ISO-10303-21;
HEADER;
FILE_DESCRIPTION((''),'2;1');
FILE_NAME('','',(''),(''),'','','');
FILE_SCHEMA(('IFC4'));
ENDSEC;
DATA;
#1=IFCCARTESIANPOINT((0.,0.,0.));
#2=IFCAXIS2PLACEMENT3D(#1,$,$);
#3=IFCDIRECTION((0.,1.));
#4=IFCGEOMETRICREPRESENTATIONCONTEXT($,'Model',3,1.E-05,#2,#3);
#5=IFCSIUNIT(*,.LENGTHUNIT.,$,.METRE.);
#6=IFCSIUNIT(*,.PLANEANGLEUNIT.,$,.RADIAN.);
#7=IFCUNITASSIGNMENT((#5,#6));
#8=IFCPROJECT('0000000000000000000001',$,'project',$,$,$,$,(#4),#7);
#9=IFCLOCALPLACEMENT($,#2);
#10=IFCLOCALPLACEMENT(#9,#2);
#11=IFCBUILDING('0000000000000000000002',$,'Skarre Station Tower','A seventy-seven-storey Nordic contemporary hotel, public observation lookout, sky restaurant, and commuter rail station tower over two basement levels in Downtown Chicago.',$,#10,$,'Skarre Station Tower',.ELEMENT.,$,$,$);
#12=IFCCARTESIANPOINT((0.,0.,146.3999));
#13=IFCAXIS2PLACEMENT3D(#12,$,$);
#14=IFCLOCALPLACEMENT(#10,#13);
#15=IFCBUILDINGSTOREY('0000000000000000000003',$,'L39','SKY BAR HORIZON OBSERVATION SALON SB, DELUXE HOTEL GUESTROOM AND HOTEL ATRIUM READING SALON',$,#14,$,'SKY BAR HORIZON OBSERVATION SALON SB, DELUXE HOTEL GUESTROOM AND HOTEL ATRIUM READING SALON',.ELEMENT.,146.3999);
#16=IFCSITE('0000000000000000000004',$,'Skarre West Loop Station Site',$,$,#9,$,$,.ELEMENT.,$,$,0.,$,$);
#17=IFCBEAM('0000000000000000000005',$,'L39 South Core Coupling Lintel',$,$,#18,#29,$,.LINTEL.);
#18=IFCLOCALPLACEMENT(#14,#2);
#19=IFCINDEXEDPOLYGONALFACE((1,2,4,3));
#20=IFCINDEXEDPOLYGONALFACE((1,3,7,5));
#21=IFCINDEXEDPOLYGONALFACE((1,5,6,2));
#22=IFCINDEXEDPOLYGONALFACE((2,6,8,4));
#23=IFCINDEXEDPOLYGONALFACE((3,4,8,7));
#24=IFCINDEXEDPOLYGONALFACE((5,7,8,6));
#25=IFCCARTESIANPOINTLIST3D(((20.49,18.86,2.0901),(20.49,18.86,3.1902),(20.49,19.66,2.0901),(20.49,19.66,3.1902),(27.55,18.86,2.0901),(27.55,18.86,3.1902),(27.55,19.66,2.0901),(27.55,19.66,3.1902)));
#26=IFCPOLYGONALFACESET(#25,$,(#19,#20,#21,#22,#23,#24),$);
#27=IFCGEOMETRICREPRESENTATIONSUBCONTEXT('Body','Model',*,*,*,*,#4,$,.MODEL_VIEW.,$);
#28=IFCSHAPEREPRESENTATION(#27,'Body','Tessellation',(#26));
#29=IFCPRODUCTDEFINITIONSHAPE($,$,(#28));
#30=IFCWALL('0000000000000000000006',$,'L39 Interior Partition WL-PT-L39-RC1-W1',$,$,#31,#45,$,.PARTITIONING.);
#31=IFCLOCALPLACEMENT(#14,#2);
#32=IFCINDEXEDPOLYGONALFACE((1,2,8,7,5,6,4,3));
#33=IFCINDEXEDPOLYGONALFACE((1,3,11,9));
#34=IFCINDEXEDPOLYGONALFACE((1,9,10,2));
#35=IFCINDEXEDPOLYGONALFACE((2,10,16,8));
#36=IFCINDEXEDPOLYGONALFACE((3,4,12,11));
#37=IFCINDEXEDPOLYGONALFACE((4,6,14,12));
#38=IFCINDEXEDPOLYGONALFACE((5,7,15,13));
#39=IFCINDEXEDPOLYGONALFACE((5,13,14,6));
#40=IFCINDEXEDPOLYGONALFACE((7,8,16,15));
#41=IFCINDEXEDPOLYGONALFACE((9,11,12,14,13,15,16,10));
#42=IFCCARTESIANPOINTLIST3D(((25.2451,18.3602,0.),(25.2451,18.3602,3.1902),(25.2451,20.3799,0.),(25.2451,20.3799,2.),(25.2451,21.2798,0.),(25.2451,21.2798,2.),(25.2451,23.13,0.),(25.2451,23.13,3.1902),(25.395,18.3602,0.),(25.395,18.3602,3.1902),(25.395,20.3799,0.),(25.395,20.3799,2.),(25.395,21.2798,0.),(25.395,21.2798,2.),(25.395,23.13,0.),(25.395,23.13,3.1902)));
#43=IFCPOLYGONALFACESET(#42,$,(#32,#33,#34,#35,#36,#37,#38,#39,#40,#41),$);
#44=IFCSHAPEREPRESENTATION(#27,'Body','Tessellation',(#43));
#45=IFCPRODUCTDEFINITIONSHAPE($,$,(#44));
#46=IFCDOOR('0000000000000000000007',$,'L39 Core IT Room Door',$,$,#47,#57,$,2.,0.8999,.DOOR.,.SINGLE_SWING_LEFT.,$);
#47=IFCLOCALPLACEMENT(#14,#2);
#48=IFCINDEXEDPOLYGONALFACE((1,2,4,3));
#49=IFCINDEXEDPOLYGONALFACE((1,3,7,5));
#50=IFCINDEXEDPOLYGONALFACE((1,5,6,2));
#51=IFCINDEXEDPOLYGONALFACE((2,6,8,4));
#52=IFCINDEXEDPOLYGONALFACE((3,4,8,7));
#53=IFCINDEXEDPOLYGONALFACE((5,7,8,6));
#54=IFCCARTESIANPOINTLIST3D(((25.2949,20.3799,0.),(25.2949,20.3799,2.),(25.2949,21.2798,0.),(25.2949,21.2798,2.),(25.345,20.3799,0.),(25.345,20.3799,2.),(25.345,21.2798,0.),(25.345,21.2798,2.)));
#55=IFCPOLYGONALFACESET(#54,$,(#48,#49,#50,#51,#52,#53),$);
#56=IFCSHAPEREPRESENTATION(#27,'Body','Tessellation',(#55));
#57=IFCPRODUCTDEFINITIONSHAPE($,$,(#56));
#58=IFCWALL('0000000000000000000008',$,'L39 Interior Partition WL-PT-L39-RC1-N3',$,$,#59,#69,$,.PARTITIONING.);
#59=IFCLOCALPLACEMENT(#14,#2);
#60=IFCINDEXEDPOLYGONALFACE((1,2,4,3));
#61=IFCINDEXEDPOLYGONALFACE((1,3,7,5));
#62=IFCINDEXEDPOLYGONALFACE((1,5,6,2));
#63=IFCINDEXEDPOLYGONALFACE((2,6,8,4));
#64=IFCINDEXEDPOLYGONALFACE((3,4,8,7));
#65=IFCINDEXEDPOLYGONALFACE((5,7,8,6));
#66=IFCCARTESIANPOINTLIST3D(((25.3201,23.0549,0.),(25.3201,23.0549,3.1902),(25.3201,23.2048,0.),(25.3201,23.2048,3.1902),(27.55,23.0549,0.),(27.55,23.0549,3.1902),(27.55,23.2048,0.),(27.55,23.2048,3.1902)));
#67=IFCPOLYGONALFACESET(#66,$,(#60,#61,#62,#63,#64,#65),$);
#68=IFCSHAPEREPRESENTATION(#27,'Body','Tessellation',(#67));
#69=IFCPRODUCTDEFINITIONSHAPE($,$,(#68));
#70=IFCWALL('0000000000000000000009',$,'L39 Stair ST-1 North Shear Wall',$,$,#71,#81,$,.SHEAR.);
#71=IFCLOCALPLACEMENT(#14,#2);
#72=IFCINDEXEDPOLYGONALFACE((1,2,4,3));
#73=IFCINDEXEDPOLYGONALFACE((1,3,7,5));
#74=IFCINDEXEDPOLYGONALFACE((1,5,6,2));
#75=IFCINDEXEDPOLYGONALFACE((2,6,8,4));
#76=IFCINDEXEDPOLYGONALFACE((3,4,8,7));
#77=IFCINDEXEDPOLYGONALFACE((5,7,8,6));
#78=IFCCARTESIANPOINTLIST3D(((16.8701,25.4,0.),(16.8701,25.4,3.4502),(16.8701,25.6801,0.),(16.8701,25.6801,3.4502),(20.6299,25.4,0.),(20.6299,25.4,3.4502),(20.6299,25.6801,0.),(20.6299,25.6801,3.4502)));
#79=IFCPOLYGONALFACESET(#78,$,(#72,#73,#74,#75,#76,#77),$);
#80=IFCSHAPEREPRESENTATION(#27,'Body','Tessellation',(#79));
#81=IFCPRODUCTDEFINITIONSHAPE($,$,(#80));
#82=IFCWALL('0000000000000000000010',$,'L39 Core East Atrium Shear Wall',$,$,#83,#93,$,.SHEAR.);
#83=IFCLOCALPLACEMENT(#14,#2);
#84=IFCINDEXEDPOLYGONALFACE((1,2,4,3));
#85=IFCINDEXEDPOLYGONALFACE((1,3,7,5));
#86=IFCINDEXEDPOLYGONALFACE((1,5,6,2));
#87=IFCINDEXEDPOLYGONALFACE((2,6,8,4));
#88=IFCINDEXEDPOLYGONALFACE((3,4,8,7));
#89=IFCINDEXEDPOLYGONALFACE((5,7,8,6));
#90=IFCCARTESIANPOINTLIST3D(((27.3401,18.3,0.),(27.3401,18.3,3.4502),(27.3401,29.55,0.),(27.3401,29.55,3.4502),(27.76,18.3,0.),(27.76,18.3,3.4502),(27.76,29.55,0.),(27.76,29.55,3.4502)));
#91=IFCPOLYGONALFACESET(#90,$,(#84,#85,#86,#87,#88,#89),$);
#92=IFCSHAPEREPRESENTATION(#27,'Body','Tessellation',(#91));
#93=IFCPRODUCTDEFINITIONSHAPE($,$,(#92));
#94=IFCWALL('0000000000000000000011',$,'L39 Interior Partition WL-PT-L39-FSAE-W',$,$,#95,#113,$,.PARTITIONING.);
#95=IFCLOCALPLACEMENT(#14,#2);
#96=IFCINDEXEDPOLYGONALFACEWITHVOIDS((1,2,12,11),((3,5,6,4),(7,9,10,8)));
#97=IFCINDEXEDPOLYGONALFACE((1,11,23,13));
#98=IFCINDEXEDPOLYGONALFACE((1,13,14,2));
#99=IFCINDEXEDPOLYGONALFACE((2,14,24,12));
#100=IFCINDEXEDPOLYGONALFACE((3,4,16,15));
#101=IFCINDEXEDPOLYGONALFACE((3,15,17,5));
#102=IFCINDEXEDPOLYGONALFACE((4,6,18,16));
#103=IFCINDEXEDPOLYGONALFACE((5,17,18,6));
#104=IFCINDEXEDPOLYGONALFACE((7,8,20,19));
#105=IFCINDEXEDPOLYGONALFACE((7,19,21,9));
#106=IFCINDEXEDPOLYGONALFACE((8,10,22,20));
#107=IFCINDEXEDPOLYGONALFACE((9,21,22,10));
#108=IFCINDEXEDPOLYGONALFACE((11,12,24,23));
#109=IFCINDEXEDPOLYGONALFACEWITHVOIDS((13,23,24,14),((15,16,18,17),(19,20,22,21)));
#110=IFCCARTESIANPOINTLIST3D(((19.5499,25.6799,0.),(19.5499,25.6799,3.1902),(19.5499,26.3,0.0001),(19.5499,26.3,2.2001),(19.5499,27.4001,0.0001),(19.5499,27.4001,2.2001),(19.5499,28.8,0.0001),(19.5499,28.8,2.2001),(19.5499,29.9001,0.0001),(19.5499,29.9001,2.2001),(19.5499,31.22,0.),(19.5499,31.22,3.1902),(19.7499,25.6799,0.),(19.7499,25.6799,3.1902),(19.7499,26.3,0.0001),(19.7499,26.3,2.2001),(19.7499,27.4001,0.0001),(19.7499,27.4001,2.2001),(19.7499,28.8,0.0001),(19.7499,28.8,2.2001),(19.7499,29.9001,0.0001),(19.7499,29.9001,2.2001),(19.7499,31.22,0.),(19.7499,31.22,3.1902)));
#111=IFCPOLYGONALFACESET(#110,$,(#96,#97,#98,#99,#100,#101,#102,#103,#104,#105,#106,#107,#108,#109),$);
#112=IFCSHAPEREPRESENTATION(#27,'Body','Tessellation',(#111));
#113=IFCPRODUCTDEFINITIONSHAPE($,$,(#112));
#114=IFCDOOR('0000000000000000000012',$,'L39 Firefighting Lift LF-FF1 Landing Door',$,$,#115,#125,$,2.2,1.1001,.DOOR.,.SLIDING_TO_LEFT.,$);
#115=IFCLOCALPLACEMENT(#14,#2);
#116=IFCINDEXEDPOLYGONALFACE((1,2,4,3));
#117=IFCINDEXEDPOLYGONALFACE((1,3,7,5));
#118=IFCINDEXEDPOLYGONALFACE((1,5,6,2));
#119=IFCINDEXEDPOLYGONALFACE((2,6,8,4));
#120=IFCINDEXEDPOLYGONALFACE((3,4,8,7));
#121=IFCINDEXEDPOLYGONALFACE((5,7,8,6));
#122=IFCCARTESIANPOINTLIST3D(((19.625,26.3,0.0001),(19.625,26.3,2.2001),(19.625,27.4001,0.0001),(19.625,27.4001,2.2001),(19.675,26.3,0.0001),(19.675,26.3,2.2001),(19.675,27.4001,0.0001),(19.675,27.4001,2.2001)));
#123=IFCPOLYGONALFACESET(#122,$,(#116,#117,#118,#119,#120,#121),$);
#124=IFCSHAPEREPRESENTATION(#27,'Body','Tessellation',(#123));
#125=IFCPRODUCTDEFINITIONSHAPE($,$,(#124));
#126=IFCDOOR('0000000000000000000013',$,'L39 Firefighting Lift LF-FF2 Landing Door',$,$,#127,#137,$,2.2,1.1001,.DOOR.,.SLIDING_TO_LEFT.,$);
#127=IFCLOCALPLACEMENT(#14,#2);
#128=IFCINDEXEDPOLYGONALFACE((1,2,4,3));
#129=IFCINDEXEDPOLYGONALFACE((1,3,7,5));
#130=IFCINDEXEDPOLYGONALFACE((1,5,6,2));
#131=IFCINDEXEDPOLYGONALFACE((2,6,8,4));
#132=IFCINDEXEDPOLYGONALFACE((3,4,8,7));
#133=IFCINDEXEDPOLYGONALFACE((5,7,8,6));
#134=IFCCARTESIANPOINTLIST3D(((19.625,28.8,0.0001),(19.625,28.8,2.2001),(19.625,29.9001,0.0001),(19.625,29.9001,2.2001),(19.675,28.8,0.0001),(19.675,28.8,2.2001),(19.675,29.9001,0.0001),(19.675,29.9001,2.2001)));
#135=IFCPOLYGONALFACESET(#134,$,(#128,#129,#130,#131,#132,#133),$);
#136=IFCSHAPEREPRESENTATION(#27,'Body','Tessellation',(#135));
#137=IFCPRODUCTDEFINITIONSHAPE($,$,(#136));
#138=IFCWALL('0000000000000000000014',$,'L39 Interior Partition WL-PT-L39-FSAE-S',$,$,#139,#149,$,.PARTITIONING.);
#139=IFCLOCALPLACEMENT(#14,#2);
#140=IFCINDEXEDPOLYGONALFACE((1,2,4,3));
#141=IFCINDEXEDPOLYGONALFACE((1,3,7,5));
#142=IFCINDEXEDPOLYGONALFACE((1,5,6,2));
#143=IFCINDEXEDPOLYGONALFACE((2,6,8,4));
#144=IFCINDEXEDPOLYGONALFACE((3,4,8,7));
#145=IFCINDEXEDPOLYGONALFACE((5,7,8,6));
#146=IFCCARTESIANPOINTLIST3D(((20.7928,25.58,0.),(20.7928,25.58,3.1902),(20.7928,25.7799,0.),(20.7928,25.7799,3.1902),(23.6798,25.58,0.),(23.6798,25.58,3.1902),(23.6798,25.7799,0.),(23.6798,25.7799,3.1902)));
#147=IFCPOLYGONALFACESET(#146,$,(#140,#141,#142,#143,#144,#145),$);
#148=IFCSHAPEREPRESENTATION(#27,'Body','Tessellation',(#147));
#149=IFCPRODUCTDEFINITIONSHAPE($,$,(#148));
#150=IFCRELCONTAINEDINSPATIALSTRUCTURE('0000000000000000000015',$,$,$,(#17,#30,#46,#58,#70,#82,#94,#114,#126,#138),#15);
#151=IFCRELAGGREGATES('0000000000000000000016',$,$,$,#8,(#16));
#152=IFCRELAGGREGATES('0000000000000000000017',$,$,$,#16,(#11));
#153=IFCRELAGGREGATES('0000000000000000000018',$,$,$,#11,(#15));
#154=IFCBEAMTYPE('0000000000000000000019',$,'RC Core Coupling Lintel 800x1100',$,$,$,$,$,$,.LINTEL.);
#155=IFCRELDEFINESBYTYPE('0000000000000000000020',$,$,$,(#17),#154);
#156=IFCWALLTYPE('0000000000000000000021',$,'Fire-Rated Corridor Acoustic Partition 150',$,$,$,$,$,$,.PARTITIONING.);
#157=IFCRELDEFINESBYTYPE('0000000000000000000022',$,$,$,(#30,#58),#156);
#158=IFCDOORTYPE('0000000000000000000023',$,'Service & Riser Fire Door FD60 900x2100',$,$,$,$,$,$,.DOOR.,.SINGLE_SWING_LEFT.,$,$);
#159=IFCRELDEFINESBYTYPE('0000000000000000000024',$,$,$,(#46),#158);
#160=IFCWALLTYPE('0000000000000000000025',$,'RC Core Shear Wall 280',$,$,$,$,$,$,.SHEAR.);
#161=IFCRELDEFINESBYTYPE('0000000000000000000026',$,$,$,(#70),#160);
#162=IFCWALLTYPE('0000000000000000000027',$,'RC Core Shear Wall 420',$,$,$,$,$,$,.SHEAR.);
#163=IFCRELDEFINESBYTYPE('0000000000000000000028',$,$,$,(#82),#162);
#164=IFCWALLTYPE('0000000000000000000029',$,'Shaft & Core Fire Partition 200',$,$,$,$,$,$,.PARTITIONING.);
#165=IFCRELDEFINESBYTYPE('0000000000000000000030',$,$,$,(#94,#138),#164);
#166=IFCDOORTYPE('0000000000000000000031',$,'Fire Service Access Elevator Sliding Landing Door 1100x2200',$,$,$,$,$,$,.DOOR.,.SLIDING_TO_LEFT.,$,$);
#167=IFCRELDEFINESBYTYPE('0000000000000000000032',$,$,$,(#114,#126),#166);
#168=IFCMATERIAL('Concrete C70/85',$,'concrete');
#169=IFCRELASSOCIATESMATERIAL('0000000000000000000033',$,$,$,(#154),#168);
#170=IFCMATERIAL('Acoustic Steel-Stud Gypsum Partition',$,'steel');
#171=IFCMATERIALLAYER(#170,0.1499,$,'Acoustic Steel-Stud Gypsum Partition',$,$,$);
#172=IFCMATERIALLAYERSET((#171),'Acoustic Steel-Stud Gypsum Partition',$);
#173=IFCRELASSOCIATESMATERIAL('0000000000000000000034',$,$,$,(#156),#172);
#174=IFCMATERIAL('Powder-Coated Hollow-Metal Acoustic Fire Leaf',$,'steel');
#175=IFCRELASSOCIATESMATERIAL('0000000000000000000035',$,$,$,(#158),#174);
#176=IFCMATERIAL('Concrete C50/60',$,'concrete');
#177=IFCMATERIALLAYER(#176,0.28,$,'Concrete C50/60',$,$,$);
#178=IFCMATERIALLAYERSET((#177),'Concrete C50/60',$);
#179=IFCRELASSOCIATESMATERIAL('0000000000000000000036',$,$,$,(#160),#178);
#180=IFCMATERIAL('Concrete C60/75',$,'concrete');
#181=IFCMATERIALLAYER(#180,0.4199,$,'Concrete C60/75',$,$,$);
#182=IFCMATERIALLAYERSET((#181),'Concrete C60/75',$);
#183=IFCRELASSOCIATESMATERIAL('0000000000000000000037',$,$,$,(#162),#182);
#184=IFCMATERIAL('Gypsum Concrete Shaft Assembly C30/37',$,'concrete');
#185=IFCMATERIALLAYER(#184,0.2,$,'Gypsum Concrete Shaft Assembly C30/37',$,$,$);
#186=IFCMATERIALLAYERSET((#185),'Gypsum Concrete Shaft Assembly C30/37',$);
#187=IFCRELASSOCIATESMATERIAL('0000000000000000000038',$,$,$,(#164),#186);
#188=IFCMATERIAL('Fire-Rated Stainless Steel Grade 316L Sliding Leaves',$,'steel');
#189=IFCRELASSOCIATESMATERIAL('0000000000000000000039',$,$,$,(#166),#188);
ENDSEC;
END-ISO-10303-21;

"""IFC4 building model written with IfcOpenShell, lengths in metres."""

from ifc_helpers import new_model, si_unit, direction, frame, frame_2d, origin, origin_2d, place, context, subcontext, project, spatial, rectangle, extrude, material, layer, layer_set, material_profile, profile_set, type_object, element, fill, save


model = new_model("IFC4")

# Units and contexts
model_context = context("Model", 3, precision=1e-05, world=origin(), true_north=direction((0.0, 1.0)))
body_context = subcontext(model_context, "Body", "Model", "MODEL_VIEW")
ifc_project = project(units=[si_unit("LENGTHUNIT", "METRE"), si_unit("PLANEANGLEUNIT", "RADIAN")], contexts=[model_context])

# Site, building, storey
site_placement = place(None, origin())
site = spatial("IfcSite", under=ifc_project, at=site_placement, Name="Skarre West Loop Station Site", CompositionType="ELEMENT", RefElevation=0.0)
building_placement = place(site_placement, origin())
building = spatial("IfcBuilding", under=site, at=building_placement, Name="Skarre Station Tower", Description="A seventy-seven-storey Nordic contemporary hotel, public observation lookout, sky restaurant, and commuter rail station tower over two basement levels in Downtown Chicago.", LongName="Skarre Station Tower", CompositionType="ELEMENT")
storey_placement = place(building_placement, frame((0.0, 0.0, 146.3999)))
storey = spatial("IfcBuildingStorey", under=building, at=storey_placement, Name="L39", Description="SKY BAR HORIZON OBSERVATION SALON SB, DELUXE HOTEL GUESTROOM AND HOTEL ATRIUM READING SALON", LongName="SKY BAR HORIZON OBSERVATION SALON SB, DELUXE HOTEL GUESTROOM AND HOTEL ATRIUM READING SALON", CompositionType="ELEMENT", Elevation=146.3999)

# Beam
ifc_material_1 = material(Name="Concrete C70/85", Category="concrete")
ifc_material_profile = material_profile(ifc_material_1, rectangle(XDim=0.8, YDim=1.1001, at=origin_2d()), Name="Concrete C70/85")
ifc_profile_set = profile_set([ifc_material_profile], Name="Concrete C70/85")
beam_type = type_object("IfcBeamType", Name="RC Core Coupling Lintel 800x1100", PredefinedType="LINTEL", material=ifc_profile_set)
beam_placement = place(storey_placement, frame((20.49, 19.26, 2.6401), z_axis=(1.0, 0.0, 0.0), x_axis=(0.0, 1.0, 0.0)))
element("IfcBeam", 1, at=beam_placement, inside=storey, type_object=beam_type, Name="L39 South Core Coupling Lintel", PredefinedType="LINTEL", context=body_context, shape_type="SweptSolid", body=[
    extrude(rectangle(XDim=0.8, YDim=1.1001, at=origin_2d()), origin(), (0.0, 0.0, 1.0), 7.0601),
])

# Wall, opening, door
ifc_material_2 = material(Name="Acoustic Steel-Stud Gypsum Partition", Category="steel")
ifc_layer_1 = layer(ifc_material_2, 0.1499, Name="Acoustic Steel-Stud Gypsum Partition")
ifc_layer_set_1 = layer_set([ifc_layer_1], Name="Acoustic Steel-Stud Gypsum Partition")
wall_type_1 = type_object("IfcWallType", Name="Fire-Rated Corridor Acoustic Partition 150", PredefinedType="PARTITIONING", material=ifc_layer_set_1)
wall_1_placement = place(storey_placement, frame((25.3201, 23.1299, 0.0), z_axis=(0.0, 0.0, 1.0), x_axis=(0.0, -1.0, 0.0)))
wall_1 = element("IfcWall", 2, at=wall_1_placement, inside=storey, type_object=wall_type_1, Name="L39 Interior Partition WL-PT-L39-RC1-W1", PredefinedType="PARTITIONING", context=body_context, shape_type="SweptSolid", body=[
    extrude(rectangle(XDim=4.7698, YDim=0.1499, at=frame_2d((2.3848, 0.0))), origin(), (0.0, 0.0, 1.0), 3.1902),
])
opening_1_placement = place(wall_1_placement, frame((1.8501, 0.0, 0.0)))
opening_1 = element("IfcOpeningElement", 3, at=opening_1_placement, cuts=wall_1, PredefinedType="OPENING", context=body_context, shape_type="SweptSolid", body=[
    extrude(rectangle(XDim=0.8999, YDim=2.0, at=frame_2d((0.45, 1.0))), frame((0.0, 0.085, 0.0), z_axis=(0.0, -1.0, 0.0), x_axis=(1.0, 0.0, 0.0)), (0.0, 0.0, 1.0), 0.1699),
])
ifc_material_3 = material(Name="Powder-Coated Hollow-Metal Acoustic Fire Leaf", Category="steel")
door_type_1 = type_object("IfcDoorType", Name="Service & Riser Fire Door FD60 900x2100", OperationType="SINGLE_SWING_LEFT", PredefinedType="DOOR", material=ifc_material_3)
door_1_placement = place(opening_1_placement, origin())
door_1 = element("IfcDoor", 4, at=door_1_placement, inside=storey, type_object=door_type_1, Name="L39 Core IT Room Door", OperationType="SINGLE_SWING_LEFT", OverallHeight=2.0, OverallWidth=0.8999, PredefinedType="DOOR", context=body_context, shape_type="SweptSolid", body=[
    extrude(rectangle(XDim=0.8999, YDim=2.0, at=frame_2d((0.45, 1.0))), frame((0.0, 0.0249, 0.0), z_axis=(0.0, -1.0, 0.0), x_axis=(1.0, 0.0, 0.0)), (0.0, 0.0, 1.0), 0.05),
])
fill(opening_1, door_1)

# Walls
wall_2_placement = place(storey_placement, frame((25.3201, 23.1299, 0.0), z_axis=(0.0, 0.0, 1.0), x_axis=(1.0, 0.0, 0.0)))
element("IfcWall", 5, at=wall_2_placement, inside=storey, type_object=wall_type_1, Name="L39 Interior Partition WL-PT-L39-RC1-N3", PredefinedType="PARTITIONING", context=body_context, shape_type="SweptSolid", body=[
    extrude(rectangle(XDim=2.23, YDim=0.1499, at=frame_2d((1.115, 0.0))), origin(), (0.0, 0.0, 1.0), 3.1902),
])
ifc_material_4 = material(Name="Concrete C50/60", Category="concrete")
ifc_layer_2 = layer(ifc_material_4, 0.28, Name="Concrete C50/60")
ifc_layer_set_2 = layer_set([ifc_layer_2], Name="Concrete C50/60")
wall_type_2 = type_object("IfcWallType", Name="RC Core Shear Wall 280", PredefinedType="SHEAR", material=ifc_layer_set_2)
wall_3_placement = place(storey_placement, frame((20.6299, 25.54, 0.0), z_axis=(0.0, 0.0, 1.0), x_axis=(-1.0, 0.0, 0.0)))
element("IfcWall", 6, at=wall_3_placement, inside=storey, type_object=wall_type_2, Name="L39 Stair ST-1 North Shear Wall", PredefinedType="SHEAR", context=body_context, shape_type="SweptSolid", body=[
    extrude(rectangle(XDim=3.7598, YDim=0.28, at=frame_2d((1.8799, 0.0))), origin(), (0.0, 0.0, 1.0), 3.4502),
])
ifc_material_5 = material(Name="Concrete C60/75", Category="concrete")
ifc_layer_3 = layer(ifc_material_5, 0.4199, Name="Concrete C60/75")
ifc_layer_set_3 = layer_set([ifc_layer_3], Name="Concrete C60/75")
wall_type_3 = type_object("IfcWallType", Name="RC Core Shear Wall 420", PredefinedType="SHEAR", material=ifc_layer_set_3)
wall_4_placement = place(storey_placement, frame((27.55, 29.55, 0.0), z_axis=(0.0, 0.0, 1.0), x_axis=(0.0, -1.0, 0.0)))
element("IfcWall", 7, at=wall_4_placement, inside=storey, type_object=wall_type_3, Name="L39 Core East Atrium Shear Wall", PredefinedType="SHEAR", context=body_context, shape_type="SweptSolid", body=[
    extrude(rectangle(XDim=11.25, YDim=0.4199, at=frame_2d((5.625, 0.0))), origin(), (0.0, 0.0, 1.0), 3.4502),
])

# Wall, openings, doors
ifc_material_6 = material(Name="Gypsum Concrete Shaft Assembly C30/37", Category="concrete")
ifc_layer_4 = layer(ifc_material_6, 0.2, Name="Gypsum Concrete Shaft Assembly C30/37")
ifc_layer_set_4 = layer_set([ifc_layer_4], Name="Gypsum Concrete Shaft Assembly C30/37")
wall_type_4 = type_object("IfcWallType", Name="Shaft & Core Fire Partition 200", PredefinedType="PARTITIONING", material=ifc_layer_set_4)
wall_5_placement = place(storey_placement, frame((19.6499, 25.6799, 0.0), z_axis=(0.0, 0.0, 1.0), x_axis=(0.0, 1.0, 0.0)))
wall_5 = element("IfcWall", 8, at=wall_5_placement, inside=storey, type_object=wall_type_4, Name="L39 Interior Partition WL-PT-L39-FSAE-W", PredefinedType="PARTITIONING", context=body_context, shape_type="SweptSolid", body=[
    extrude(rectangle(XDim=5.54, YDim=0.2, at=frame_2d((2.77, 0.0))), origin(), (0.0, 0.0, 1.0), 3.1902),
])
opening_2_placement = place(wall_5_placement, frame((0.6201, 0.0, 0.0)))
opening_2 = element("IfcOpeningElement", 9, at=opening_2_placement, cuts=wall_5, PredefinedType="OPENING", context=body_context, shape_type="SweptSolid", body=[
    extrude(rectangle(XDim=1.1001, YDim=2.2, at=frame_2d((0.55, 1.1001))), frame((0.0, 0.1099, 0.0), z_axis=(0.0, -1.0, 0.0), x_axis=(1.0, 0.0, 0.0)), (0.0, 0.0, 1.0), 0.22),
])
opening_3_placement = place(wall_5_placement, frame((3.1201, 0.0, 0.0)))
opening_3 = element("IfcOpeningElement", 10, at=opening_3_placement, cuts=wall_5, PredefinedType="OPENING", context=body_context, shape_type="SweptSolid", body=[
    extrude(rectangle(XDim=1.1001, YDim=2.2, at=frame_2d((0.55, 1.1001))), frame((0.0, 0.1099, 0.0), z_axis=(0.0, -1.0, 0.0), x_axis=(1.0, 0.0, 0.0)), (0.0, 0.0, 1.0), 0.22),
])
ifc_material_7 = material(Name="Fire-Rated Stainless Steel Grade 316L Sliding Leaves", Category="steel")
door_type_2 = type_object("IfcDoorType", Name="Fire Service Access Elevator Sliding Landing Door 1100x2200", OperationType="SLIDING_TO_LEFT", PredefinedType="DOOR", material=ifc_material_7)
door_2_placement = place(opening_2_placement, origin())
door_2 = element("IfcDoor", 11, at=door_2_placement, inside=storey, type_object=door_type_2, Name="L39 Firefighting Lift LF-FF1 Landing Door", OperationType="SLIDING_TO_LEFT", OverallHeight=2.2, OverallWidth=1.1001, PredefinedType="DOOR", context=body_context, shape_type="SweptSolid", body=[
    extrude(rectangle(XDim=1.1001, YDim=2.2, at=frame_2d((0.55, 1.1001))), frame((0.0, 0.0249, 0.0), z_axis=(0.0, -1.0, 0.0), x_axis=(1.0, 0.0, 0.0)), (0.0, 0.0, 1.0), 0.05),
])
fill(opening_2, door_2)
door_3_placement = place(opening_3_placement, origin())
door_3 = element("IfcDoor", 12, at=door_3_placement, inside=storey, type_object=door_type_2, Name="L39 Firefighting Lift LF-FF2 Landing Door", OperationType="SLIDING_TO_LEFT", OverallHeight=2.2, OverallWidth=1.1001, PredefinedType="DOOR", context=body_context, shape_type="SweptSolid", body=[
    extrude(rectangle(XDim=1.1001, YDim=2.2, at=frame_2d((0.55, 1.1001))), frame((0.0, 0.0249, 0.0), z_axis=(0.0, -1.0, 0.0), x_axis=(1.0, 0.0, 0.0)), (0.0, 0.0, 1.0), 0.05),
])
fill(opening_3, door_3)

# Wall
wall_6_placement = place(storey_placement, frame((20.793, 25.6799, 0.0), z_axis=(0.0, 0.0, 1.0), x_axis=(1.0, 0.0, 0.0)))
element("IfcWall", 13, at=wall_6_placement, inside=storey, type_object=wall_type_4, Name="L39 Interior Partition WL-PT-L39-FSAE-S", PredefinedType="PARTITIONING", context=body_context, shape_type="SweptSolid", body=[
    extrude(rectangle(XDim=2.887, YDim=0.2, at=frame_2d((1.4434, 0.0))), origin(), (0.0, 0.0, 1.0), 3.1902),
])

save(model, "model.ifc")
